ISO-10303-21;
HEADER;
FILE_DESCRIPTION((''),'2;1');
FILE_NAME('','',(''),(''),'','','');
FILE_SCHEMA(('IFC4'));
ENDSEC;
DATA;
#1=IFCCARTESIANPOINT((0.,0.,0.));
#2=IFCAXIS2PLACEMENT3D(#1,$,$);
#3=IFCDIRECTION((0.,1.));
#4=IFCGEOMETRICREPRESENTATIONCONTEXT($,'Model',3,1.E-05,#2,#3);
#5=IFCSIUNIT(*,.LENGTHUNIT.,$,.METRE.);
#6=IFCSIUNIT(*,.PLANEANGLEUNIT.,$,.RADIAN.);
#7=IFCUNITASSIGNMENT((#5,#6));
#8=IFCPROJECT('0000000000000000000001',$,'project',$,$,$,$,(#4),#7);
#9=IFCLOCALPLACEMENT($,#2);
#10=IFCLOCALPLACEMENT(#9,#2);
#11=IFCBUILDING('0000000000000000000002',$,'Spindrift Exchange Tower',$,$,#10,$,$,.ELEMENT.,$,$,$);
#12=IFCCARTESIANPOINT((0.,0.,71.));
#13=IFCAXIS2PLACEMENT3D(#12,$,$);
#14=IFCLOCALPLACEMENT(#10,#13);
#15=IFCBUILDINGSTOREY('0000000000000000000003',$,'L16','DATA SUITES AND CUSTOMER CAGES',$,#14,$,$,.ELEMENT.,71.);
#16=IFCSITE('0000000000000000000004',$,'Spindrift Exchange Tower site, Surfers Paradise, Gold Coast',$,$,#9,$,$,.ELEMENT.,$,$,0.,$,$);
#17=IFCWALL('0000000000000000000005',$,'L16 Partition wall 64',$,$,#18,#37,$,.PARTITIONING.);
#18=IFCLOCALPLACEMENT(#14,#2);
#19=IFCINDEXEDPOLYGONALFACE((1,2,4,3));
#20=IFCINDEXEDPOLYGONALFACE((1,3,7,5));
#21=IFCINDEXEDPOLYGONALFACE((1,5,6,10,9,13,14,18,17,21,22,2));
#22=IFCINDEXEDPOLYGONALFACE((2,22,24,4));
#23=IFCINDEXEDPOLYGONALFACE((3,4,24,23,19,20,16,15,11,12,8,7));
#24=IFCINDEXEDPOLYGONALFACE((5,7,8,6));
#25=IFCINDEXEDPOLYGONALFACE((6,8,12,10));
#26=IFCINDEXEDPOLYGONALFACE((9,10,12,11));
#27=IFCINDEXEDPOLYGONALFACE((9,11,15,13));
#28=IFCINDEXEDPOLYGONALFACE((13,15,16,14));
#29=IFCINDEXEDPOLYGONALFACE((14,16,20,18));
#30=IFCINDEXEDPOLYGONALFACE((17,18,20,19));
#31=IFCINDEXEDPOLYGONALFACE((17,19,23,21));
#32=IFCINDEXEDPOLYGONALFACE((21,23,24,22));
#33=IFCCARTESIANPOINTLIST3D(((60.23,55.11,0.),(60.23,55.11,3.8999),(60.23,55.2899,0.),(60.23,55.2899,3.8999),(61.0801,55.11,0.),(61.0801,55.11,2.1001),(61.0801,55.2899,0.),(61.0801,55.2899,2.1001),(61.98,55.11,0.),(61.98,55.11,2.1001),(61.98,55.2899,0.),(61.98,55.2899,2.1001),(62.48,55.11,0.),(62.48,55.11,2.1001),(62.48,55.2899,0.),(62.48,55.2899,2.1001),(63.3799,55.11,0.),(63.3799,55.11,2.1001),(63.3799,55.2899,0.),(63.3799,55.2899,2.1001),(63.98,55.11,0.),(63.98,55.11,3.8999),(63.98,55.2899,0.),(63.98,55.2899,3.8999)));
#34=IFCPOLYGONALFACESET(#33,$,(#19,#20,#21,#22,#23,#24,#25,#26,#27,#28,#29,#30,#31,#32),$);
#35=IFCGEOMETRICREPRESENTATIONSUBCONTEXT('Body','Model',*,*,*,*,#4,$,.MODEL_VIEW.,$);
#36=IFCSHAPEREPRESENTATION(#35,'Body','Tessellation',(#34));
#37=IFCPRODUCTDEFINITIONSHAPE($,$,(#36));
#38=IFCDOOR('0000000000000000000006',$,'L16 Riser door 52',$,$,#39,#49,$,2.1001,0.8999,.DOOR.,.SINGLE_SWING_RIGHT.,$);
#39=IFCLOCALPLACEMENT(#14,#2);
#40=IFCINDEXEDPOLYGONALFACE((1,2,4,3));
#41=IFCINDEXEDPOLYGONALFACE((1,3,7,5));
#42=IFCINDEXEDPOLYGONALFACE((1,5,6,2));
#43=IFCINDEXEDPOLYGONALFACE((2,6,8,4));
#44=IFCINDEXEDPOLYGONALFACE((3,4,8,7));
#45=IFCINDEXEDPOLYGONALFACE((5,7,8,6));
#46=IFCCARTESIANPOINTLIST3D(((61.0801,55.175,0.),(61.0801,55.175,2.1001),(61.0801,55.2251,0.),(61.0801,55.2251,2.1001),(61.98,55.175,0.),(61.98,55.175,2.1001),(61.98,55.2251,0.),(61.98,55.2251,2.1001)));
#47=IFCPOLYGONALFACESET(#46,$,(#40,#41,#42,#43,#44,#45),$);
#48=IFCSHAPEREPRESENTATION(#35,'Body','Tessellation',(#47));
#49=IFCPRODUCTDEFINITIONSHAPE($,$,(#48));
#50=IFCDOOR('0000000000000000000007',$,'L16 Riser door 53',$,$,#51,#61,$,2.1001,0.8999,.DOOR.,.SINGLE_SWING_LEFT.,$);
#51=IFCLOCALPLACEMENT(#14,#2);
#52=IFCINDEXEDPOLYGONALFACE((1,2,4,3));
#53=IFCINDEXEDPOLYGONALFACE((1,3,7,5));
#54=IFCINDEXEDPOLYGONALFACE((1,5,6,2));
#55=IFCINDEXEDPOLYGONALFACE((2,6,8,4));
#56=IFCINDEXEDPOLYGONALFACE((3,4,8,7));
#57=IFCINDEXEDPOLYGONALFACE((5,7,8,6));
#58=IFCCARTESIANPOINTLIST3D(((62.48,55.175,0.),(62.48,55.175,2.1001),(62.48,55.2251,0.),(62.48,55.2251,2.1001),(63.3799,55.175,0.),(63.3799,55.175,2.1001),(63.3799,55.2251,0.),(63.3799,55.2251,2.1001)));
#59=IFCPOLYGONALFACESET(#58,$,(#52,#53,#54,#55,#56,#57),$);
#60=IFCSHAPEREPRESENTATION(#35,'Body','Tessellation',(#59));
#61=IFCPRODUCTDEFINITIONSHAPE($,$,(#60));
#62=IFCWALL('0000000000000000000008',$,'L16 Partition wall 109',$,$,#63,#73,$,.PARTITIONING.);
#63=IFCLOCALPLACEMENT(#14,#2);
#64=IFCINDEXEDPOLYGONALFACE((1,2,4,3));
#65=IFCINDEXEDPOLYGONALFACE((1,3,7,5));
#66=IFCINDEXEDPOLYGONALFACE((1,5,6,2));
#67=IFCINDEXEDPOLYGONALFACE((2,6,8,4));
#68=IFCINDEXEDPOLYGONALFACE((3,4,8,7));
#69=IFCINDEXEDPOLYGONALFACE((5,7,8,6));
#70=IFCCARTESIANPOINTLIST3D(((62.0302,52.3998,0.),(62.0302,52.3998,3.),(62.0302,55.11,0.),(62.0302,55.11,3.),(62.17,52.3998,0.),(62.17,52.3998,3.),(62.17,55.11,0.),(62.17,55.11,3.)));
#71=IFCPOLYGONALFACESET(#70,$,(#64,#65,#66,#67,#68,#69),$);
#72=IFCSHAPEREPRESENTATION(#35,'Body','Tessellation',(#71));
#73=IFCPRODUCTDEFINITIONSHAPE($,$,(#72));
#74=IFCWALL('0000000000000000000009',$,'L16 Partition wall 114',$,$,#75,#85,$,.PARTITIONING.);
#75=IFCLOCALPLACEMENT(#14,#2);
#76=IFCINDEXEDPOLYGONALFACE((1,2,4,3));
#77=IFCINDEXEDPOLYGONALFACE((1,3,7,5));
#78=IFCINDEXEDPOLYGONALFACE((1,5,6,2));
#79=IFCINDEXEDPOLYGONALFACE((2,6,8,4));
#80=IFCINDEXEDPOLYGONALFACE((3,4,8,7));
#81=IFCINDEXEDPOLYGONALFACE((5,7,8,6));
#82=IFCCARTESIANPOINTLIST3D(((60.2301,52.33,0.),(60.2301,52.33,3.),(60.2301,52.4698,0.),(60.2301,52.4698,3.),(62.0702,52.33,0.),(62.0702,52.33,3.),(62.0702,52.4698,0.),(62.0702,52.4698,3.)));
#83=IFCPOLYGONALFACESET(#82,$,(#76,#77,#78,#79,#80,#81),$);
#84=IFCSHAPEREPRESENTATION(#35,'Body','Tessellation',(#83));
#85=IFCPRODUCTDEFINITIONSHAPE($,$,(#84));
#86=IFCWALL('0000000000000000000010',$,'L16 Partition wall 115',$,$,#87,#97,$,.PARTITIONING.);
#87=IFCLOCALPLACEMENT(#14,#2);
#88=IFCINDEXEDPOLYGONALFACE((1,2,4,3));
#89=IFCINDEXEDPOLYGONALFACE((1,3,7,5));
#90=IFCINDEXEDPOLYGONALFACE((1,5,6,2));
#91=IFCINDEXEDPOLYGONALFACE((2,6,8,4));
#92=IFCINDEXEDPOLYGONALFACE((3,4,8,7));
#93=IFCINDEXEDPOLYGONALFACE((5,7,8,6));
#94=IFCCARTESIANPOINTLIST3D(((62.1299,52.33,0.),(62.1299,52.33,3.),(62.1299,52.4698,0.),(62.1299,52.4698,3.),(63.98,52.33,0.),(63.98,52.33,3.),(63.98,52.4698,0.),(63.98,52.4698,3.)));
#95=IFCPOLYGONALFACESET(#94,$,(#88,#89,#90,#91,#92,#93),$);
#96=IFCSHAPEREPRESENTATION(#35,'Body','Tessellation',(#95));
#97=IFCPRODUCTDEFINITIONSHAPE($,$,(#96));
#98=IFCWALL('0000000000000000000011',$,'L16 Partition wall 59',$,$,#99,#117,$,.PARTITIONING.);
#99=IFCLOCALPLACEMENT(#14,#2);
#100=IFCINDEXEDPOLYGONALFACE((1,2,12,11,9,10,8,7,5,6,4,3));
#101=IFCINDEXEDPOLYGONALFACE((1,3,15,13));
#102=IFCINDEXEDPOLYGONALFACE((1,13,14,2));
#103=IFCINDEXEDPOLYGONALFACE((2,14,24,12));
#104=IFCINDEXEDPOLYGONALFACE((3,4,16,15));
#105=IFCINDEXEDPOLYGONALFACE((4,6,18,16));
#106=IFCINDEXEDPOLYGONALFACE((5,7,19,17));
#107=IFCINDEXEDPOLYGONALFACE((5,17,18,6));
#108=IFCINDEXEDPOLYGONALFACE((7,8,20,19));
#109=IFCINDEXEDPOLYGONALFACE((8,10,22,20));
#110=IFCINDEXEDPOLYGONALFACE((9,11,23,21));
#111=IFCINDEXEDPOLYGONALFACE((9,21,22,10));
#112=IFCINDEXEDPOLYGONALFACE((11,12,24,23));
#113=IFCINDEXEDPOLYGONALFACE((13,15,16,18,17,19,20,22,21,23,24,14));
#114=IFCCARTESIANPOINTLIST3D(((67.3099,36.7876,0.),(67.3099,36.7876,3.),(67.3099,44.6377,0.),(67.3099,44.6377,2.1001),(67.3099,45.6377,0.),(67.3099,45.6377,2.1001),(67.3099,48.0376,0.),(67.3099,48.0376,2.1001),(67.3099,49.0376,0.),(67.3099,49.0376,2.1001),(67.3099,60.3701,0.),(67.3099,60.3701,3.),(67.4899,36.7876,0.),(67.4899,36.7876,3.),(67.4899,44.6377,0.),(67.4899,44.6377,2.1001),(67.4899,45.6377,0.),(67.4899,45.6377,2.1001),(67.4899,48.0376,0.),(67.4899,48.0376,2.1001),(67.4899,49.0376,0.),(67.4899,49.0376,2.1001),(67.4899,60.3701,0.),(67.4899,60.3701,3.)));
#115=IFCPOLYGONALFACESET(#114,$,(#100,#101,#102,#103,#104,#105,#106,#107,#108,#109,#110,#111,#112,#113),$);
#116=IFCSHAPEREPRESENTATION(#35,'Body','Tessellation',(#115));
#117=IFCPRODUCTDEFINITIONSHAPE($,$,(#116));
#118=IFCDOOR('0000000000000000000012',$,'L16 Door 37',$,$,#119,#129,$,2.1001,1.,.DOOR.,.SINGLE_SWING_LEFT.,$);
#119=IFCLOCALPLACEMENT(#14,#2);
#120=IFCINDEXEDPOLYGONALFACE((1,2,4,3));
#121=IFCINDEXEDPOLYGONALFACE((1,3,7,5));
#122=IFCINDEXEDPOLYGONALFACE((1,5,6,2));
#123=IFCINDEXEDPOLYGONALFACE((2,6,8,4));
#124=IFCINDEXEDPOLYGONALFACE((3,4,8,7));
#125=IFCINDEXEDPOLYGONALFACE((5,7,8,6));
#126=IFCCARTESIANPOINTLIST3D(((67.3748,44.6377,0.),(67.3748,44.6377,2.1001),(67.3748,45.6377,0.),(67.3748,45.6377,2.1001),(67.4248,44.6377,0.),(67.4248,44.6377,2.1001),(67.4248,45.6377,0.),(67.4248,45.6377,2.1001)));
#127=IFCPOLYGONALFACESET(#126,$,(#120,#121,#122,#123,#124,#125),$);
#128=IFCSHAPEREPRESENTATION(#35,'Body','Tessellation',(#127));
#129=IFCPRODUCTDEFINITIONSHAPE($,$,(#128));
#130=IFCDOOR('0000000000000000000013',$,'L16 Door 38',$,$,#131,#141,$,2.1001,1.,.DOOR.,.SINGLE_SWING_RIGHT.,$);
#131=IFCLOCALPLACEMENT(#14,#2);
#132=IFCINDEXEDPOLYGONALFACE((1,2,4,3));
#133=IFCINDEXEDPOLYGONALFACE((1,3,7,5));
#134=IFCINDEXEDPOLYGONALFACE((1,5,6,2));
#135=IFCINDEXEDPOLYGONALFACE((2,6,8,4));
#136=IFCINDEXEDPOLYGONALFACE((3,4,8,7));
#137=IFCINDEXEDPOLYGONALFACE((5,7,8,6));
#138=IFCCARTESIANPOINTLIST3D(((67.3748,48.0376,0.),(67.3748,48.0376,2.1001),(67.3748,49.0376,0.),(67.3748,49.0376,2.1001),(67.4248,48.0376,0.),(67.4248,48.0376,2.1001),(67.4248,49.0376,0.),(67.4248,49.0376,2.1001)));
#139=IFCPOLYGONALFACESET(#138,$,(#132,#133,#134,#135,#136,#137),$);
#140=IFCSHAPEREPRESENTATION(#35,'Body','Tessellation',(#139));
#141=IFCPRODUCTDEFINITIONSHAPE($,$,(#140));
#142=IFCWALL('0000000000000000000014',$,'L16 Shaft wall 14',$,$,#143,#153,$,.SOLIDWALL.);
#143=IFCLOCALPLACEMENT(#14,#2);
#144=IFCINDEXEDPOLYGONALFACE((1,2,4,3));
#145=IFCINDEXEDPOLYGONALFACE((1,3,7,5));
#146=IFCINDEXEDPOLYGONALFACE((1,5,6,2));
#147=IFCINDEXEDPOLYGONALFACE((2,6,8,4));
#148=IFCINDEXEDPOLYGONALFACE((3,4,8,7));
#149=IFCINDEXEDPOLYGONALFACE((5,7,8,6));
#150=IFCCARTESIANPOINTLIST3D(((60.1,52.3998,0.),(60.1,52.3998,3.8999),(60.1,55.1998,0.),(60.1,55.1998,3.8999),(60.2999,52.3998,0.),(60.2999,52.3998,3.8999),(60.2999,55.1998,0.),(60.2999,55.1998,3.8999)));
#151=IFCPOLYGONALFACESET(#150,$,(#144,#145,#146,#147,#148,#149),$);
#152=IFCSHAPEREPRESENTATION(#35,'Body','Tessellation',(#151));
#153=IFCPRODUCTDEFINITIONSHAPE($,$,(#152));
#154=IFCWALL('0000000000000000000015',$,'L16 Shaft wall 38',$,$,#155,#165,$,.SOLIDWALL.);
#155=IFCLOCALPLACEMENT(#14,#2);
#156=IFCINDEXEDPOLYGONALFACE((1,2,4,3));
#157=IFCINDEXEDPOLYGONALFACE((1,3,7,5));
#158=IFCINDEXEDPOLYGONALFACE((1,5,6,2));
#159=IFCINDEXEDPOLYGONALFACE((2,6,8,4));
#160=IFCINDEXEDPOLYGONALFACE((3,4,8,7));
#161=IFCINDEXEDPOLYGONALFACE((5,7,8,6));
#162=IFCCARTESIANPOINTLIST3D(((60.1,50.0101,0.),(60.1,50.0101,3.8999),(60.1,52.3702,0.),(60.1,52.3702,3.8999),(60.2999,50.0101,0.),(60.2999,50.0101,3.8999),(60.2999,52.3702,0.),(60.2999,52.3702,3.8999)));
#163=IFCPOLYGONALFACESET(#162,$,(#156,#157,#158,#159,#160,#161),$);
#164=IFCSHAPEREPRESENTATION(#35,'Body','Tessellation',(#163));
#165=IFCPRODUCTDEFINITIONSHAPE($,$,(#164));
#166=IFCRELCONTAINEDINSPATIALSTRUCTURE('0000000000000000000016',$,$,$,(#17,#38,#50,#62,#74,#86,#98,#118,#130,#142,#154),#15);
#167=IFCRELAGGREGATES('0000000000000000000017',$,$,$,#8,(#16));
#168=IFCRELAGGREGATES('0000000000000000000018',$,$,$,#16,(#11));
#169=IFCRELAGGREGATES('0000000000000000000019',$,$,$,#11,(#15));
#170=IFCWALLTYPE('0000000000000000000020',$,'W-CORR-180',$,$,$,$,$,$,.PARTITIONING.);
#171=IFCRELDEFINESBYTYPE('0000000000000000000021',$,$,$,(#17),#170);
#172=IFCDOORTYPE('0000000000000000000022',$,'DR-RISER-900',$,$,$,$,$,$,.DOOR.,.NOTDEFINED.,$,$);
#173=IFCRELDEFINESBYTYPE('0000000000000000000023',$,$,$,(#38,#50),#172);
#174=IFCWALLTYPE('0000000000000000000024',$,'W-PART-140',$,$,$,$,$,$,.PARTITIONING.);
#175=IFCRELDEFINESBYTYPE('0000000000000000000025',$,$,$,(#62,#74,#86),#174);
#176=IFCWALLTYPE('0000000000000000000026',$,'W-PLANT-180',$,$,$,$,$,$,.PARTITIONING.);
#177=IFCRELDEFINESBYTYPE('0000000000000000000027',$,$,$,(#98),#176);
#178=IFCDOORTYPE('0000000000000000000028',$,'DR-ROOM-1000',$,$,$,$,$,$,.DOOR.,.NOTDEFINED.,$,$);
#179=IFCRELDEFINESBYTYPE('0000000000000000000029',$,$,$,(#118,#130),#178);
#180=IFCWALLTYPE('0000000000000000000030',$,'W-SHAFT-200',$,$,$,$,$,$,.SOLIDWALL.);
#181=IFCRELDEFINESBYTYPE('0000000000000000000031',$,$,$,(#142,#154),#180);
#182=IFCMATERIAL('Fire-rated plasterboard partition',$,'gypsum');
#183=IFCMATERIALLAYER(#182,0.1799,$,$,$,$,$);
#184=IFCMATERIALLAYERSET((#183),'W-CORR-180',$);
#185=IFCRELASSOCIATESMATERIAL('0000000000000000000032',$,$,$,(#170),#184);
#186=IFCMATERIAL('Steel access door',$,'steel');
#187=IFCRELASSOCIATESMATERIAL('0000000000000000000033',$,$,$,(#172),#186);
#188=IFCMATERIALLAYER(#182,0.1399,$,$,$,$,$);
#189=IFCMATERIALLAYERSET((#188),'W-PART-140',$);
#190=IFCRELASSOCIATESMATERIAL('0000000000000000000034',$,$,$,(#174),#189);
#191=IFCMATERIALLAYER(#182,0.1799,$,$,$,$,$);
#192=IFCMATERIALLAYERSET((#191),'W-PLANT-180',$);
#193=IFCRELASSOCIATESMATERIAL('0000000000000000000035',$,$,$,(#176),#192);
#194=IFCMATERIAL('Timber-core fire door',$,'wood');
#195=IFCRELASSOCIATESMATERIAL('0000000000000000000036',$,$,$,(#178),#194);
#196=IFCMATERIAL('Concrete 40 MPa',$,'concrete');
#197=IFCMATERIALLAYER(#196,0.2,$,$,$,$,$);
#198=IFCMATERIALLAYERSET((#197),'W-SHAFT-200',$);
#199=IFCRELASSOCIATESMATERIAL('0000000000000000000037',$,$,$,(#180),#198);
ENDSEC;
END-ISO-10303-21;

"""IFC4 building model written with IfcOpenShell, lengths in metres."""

from ifc_helpers import new_model, si_unit, direction, frame, frame_2d, origin, place, context, subcontext, project, spatial, rectangle, extrude, source, transform, mapped, material, layer, layer_set, type_object, element, fill, save


model = new_model("IFC4")

# Units and contexts
model_context = context("Model", 3, precision=1e-05, world=origin(), true_north=direction((0.0, 1.0)))
body_context = subcontext(model_context, "Body", "Model", "MODEL_VIEW")
ifc_project = project(units=[si_unit("LENGTHUNIT", "METRE"), si_unit("PLANEANGLEUNIT", "RADIAN")], contexts=[model_context])

# Site, building, storey
site_placement = place(None, origin())
site = spatial("IfcSite", under=ifc_project, at=site_placement, Name="Spindrift Exchange Tower site, Surfers Paradise, Gold Coast", CompositionType="ELEMENT", RefElevation=0.0)
building_placement = place(site_placement, origin())
building = spatial("IfcBuilding", under=site, at=building_placement, Name="Spindrift Exchange Tower", CompositionType="ELEMENT")
storey_placement = place(building_placement, frame((0.0, 0.0, 71.0)))
storey = spatial("IfcBuildingStorey", under=building, at=storey_placement, Name="L16", Description="DATA SUITES AND CUSTOMER CAGES", CompositionType="ELEMENT", Elevation=71.0)

# Wall, openings, doors
ifc_material_1 = material(Name="Fire-rated plasterboard partition", Category="gypsum")
ifc_layer_1 = layer(ifc_material_1, 0.1799)
ifc_layer_set_1 = layer_set([ifc_layer_1], Name="W-CORR-180")
wall_type_1 = type_object("IfcWallType", Name="W-CORR-180", PredefinedType="PARTITIONING", material=ifc_layer_set_1)
wall_1_placement = place(storey_placement, frame((63.98, 55.2, 0.0), z_axis=(0.0, 0.0, 1.0), x_axis=(-1.0, 0.0, 0.0)))
wall_1 = element("IfcWall", 1, at=wall_1_placement, inside=storey, type_object=wall_type_1, Name="L16 Partition wall 64", PredefinedType="PARTITIONING", context=body_context, shape_type="SweptSolid", body=[
    extrude(rectangle(XDim=3.75, YDim=0.1799, at=frame_2d((1.875, 0.0))), origin(), (0.0, 0.0, 1.0), 3.8999),
])
opening_1_placement = place(wall_1_placement, frame((2.0, 0.0, 0.0)))
opening_1 = element("IfcOpeningElement", 2, at=opening_1_placement, cuts=wall_1, PredefinedType="OPENING", context=body_context, shape_type="SweptSolid", body=[
    extrude(rectangle(XDim=0.8999, YDim=2.1001, at=frame_2d((0.45, 1.05))), frame((0.0, 0.0999, 0.0), z_axis=(0.0, -1.0, 0.0), x_axis=(1.0, 0.0, 0.0)), (0.0, 0.0, 1.0), 0.2),
])
opening_2_placement = place(wall_1_placement, frame((0.6001, 0.0, 0.0)))
opening_2 = element("IfcOpeningElement", 3, at=opening_2_placement, cuts=wall_1, PredefinedType="OPENING", context=body_context, shape_type="SweptSolid", body=[
    extrude(rectangle(XDim=0.8999, YDim=2.1001, at=frame_2d((0.45, 1.05))), frame((0.0, 0.0999, 0.0), z_axis=(0.0, -1.0, 0.0), x_axis=(1.0, 0.0, 0.0)), (0.0, 0.0, 1.0), 0.2),
])
ifc_material_2 = material(Name="Steel access door", Category="steel")
door_type_1 = type_object("IfcDoorType", Name="DR-RISER-900", OperationType="NOTDEFINED", PredefinedType="DOOR", material=ifc_material_2)
shared_shape_1 = source(origin(), body_context, "Body", "SweptSolid", [
    extrude(rectangle(XDim=0.8999, YDim=2.1001, at=frame_2d((0.45, 1.05))), frame((0.0, 0.0249, 0.0), z_axis=(0.0, -1.0, 0.0), x_axis=(1.0, 0.0, 0.0)), (0.0, 0.0, 1.0), 0.05),
])
door_1_placement = place(opening_1_placement, origin())
door_1 = element("IfcDoor", 4, at=door_1_placement, inside=storey, type_object=door_type_1, Name="L16 Riser door 52", OperationType="SINGLE_SWING_RIGHT", OverallHeight=2.1001, OverallWidth=0.8999, PredefinedType="DOOR", context=body_context, shape_type="MappedRepresentation", body=[
    mapped(shared_shape_1, transform((0.0, 0.0, 0.0), scale=1.0)),
])
fill(opening_1, door_1)
door_2_placement = place(opening_2_placement, origin())
door_2 = element("IfcDoor", 5, at=door_2_placement, inside=storey, type_object=door_type_1, Name="L16 Riser door 53", OperationType="SINGLE_SWING_LEFT", OverallHeight=2.1001, OverallWidth=0.8999, PredefinedType="DOOR", context=body_context, shape_type="MappedRepresentation", body=[
    mapped(shared_shape_1, transform((0.0, 0.0, 0.0), scale=1.0)),
])
fill(opening_2, door_2)

# Walls
ifc_layer_2 = layer(ifc_material_1, 0.1399)
ifc_layer_set_2 = layer_set([ifc_layer_2], Name="W-PART-140")
wall_type_2 = type_object("IfcWallType", Name="W-PART-140", PredefinedType="PARTITIONING", material=ifc_layer_set_2)
wall_2_placement = place(storey_placement, frame((62.1001, 52.3999, 0.0), z_axis=(0.0, 0.0, 1.0), x_axis=(0.0, 1.0, 0.0)))
element("IfcWall", 6, at=wall_2_placement, inside=storey, type_object=wall_type_2, Name="L16 Partition wall 109", PredefinedType="PARTITIONING", context=body_context, shape_type="SweptSolid", body=[
    extrude(rectangle(XDim=2.7102, YDim=0.1399, at=frame_2d((1.355, 0.0))), origin(), (0.0, 0.0, 1.0), 3.0),
])
wall_3_placement = place(storey_placement, frame((62.0701, 52.3999, 0.0), z_axis=(0.0, 0.0, 1.0), x_axis=(-1.0, 0.0, 0.0)))
element("IfcWall", 7, at=wall_3_placement, inside=storey, type_object=wall_type_2, Name="L16 Partition wall 114", PredefinedType="PARTITIONING", context=body_context, shape_type="SweptSolid", body=[
    extrude(rectangle(XDim=1.8401, YDim=0.1399, at=frame_2d((0.9199, 0.0))), origin(), (0.0, 0.0, 1.0), 3.0),
])
wall_4_placement = place(storey_placement, frame((63.98, 52.3999, 0.0), z_axis=(0.0, 0.0, 1.0), x_axis=(-1.0, 0.0, 0.0)))
element("IfcWall", 8, at=wall_4_placement, inside=storey, type_object=wall_type_2, Name="L16 Partition wall 115", PredefinedType="PARTITIONING", context=body_context, shape_type="SweptSolid", body=[
    extrude(rectangle(XDim=1.8501, YDim=0.1399, at=frame_2d((0.925, 0.0))), origin(), (0.0, 0.0, 1.0), 3.0),
])

# Wall, openings, doors
ifc_layer_3 = layer(ifc_material_1, 0.1799)
ifc_layer_set_3 = layer_set([ifc_layer_3], Name="W-PLANT-180")
wall_type_3 = type_object("IfcWallType", Name="W-PLANT-180", PredefinedType="PARTITIONING", material=ifc_layer_set_3)
wall_5_placement = place(storey_placement, frame((67.3999, 60.3701, 0.0), z_axis=(0.0, 0.0, 1.0), x_axis=(0.0, -1.0, 0.0)))
wall_5 = element("IfcWall", 9, at=wall_5_placement, inside=storey, type_object=wall_type_3, Name="L16 Partition wall 59", PredefinedType="PARTITIONING", context=body_context, shape_type="SweptSolid", body=[
    extrude(rectangle(XDim=23.5825, YDim=0.1799, at=frame_2d((11.7913, 0.0))), origin(), (0.0, 0.0, 1.0), 3.0),
])
opening_3_placement = place(wall_5_placement, frame((14.7324, 0.0, 0.0)))
opening_3 = element("IfcOpeningElement", 10, at=opening_3_placement, cuts=wall_5, PredefinedType="OPENING", context=body_context, shape_type="SweptSolid", body=[
    extrude(rectangle(XDim=1.0, YDim=2.1001, at=frame_2d((0.5, 1.05))), frame((0.0, 0.0999, 0.0), z_axis=(0.0, -1.0, 0.0), x_axis=(1.0, 0.0, 0.0)), (0.0, 0.0, 1.0), 0.2),
])
opening_4_placement = place(wall_5_placement, frame((11.3325, 0.0, 0.0)))
opening_4 = element("IfcOpeningElement", 11, at=opening_4_placement, cuts=wall_5, PredefinedType="OPENING", context=body_context, shape_type="SweptSolid", body=[
    extrude(rectangle(XDim=1.0, YDim=2.1001, at=frame_2d((0.5, 1.05))), frame((0.0, 0.0999, 0.0), z_axis=(0.0, -1.0, 0.0), x_axis=(1.0, 0.0, 0.0)), (0.0, 0.0, 1.0), 0.2),
])
ifc_material_3 = material(Name="Timber-core fire door", Category="wood")
door_type_2 = type_object("IfcDoorType", Name="DR-ROOM-1000", OperationType="NOTDEFINED", PredefinedType="DOOR", material=ifc_material_3)
shared_shape_2 = source(origin(), body_context, "Body", "SweptSolid", [
    extrude(rectangle(XDim=1.0, YDim=2.1001, at=frame_2d((0.5, 1.05))), frame((0.0, 0.0249, 0.0), z_axis=(0.0, -1.0, 0.0), x_axis=(1.0, 0.0, 0.0)), (0.0, 0.0, 1.0), 0.05),
])
door_3_placement = place(opening_3_placement, origin())
door_3 = element("IfcDoor", 12, at=door_3_placement, inside=storey, type_object=door_type_2, Name="L16 Door 37", OperationType="SINGLE_SWING_LEFT", OverallHeight=2.1001, OverallWidth=1.0, PredefinedType="DOOR", context=body_context, shape_type="MappedRepresentation", body=[
    mapped(shared_shape_2, transform((0.0, 0.0, 0.0), scale=1.0)),
])
fill(opening_3, door_3)
door_4_placement = place(opening_4_placement, origin())
door_4 = element("IfcDoor", 13, at=door_4_placement, inside=storey, type_object=door_type_2, Name="L16 Door 38", OperationType="SINGLE_SWING_RIGHT", OverallHeight=2.1001, OverallWidth=1.0, PredefinedType="DOOR", context=body_context, shape_type="MappedRepresentation", body=[
    mapped(shared_shape_2, transform((0.0, 0.0, 0.0), scale=1.0)),
])
fill(opening_4, door_4)

# Walls
ifc_material_4 = material(Name="Concrete 40 MPa", Category="concrete")
ifc_layer_4 = layer(ifc_material_4, 0.2)
ifc_layer_set_4 = layer_set([ifc_layer_4], Name="W-SHAFT-200")
wall_type_4 = type_object("IfcWallType", Name="W-SHAFT-200", PredefinedType="SOLIDWALL", material=ifc_layer_set_4)
wall_6_placement = place(storey_placement, frame((60.2, 52.3999, 0.0), z_axis=(0.0, 0.0, 1.0), x_axis=(0.0, 1.0, 0.0)))
element("IfcWall", 14, at=wall_6_placement, inside=storey, type_object=wall_type_4, Name="L16 Shaft wall 14", PredefinedType="SOLIDWALL", context=body_context, shape_type="SweptSolid", body=[
    extrude(rectangle(XDim=2.8, YDim=0.2, at=frame_2d((1.3999, 0.0))), origin(), (0.0, 0.0, 1.0), 3.8999),
])
wall_7_placement = place(storey_placement, frame((60.2, 50.01, 0.0), z_axis=(0.0, 0.0, 1.0), x_axis=(0.0, 1.0, 0.0)))
element("IfcWall", 15, at=wall_7_placement, inside=storey, type_object=wall_type_4, Name="L16 Shaft wall 38", PredefinedType="SOLIDWALL", context=body_context, shape_type="SweptSolid", body=[
    extrude(rectangle(XDim=2.3601, YDim=0.2, at=frame_2d((1.1802, 0.0))), origin(), (0.0, 0.0, 1.0), 3.8999),
])

save(model, "model.ifc")
